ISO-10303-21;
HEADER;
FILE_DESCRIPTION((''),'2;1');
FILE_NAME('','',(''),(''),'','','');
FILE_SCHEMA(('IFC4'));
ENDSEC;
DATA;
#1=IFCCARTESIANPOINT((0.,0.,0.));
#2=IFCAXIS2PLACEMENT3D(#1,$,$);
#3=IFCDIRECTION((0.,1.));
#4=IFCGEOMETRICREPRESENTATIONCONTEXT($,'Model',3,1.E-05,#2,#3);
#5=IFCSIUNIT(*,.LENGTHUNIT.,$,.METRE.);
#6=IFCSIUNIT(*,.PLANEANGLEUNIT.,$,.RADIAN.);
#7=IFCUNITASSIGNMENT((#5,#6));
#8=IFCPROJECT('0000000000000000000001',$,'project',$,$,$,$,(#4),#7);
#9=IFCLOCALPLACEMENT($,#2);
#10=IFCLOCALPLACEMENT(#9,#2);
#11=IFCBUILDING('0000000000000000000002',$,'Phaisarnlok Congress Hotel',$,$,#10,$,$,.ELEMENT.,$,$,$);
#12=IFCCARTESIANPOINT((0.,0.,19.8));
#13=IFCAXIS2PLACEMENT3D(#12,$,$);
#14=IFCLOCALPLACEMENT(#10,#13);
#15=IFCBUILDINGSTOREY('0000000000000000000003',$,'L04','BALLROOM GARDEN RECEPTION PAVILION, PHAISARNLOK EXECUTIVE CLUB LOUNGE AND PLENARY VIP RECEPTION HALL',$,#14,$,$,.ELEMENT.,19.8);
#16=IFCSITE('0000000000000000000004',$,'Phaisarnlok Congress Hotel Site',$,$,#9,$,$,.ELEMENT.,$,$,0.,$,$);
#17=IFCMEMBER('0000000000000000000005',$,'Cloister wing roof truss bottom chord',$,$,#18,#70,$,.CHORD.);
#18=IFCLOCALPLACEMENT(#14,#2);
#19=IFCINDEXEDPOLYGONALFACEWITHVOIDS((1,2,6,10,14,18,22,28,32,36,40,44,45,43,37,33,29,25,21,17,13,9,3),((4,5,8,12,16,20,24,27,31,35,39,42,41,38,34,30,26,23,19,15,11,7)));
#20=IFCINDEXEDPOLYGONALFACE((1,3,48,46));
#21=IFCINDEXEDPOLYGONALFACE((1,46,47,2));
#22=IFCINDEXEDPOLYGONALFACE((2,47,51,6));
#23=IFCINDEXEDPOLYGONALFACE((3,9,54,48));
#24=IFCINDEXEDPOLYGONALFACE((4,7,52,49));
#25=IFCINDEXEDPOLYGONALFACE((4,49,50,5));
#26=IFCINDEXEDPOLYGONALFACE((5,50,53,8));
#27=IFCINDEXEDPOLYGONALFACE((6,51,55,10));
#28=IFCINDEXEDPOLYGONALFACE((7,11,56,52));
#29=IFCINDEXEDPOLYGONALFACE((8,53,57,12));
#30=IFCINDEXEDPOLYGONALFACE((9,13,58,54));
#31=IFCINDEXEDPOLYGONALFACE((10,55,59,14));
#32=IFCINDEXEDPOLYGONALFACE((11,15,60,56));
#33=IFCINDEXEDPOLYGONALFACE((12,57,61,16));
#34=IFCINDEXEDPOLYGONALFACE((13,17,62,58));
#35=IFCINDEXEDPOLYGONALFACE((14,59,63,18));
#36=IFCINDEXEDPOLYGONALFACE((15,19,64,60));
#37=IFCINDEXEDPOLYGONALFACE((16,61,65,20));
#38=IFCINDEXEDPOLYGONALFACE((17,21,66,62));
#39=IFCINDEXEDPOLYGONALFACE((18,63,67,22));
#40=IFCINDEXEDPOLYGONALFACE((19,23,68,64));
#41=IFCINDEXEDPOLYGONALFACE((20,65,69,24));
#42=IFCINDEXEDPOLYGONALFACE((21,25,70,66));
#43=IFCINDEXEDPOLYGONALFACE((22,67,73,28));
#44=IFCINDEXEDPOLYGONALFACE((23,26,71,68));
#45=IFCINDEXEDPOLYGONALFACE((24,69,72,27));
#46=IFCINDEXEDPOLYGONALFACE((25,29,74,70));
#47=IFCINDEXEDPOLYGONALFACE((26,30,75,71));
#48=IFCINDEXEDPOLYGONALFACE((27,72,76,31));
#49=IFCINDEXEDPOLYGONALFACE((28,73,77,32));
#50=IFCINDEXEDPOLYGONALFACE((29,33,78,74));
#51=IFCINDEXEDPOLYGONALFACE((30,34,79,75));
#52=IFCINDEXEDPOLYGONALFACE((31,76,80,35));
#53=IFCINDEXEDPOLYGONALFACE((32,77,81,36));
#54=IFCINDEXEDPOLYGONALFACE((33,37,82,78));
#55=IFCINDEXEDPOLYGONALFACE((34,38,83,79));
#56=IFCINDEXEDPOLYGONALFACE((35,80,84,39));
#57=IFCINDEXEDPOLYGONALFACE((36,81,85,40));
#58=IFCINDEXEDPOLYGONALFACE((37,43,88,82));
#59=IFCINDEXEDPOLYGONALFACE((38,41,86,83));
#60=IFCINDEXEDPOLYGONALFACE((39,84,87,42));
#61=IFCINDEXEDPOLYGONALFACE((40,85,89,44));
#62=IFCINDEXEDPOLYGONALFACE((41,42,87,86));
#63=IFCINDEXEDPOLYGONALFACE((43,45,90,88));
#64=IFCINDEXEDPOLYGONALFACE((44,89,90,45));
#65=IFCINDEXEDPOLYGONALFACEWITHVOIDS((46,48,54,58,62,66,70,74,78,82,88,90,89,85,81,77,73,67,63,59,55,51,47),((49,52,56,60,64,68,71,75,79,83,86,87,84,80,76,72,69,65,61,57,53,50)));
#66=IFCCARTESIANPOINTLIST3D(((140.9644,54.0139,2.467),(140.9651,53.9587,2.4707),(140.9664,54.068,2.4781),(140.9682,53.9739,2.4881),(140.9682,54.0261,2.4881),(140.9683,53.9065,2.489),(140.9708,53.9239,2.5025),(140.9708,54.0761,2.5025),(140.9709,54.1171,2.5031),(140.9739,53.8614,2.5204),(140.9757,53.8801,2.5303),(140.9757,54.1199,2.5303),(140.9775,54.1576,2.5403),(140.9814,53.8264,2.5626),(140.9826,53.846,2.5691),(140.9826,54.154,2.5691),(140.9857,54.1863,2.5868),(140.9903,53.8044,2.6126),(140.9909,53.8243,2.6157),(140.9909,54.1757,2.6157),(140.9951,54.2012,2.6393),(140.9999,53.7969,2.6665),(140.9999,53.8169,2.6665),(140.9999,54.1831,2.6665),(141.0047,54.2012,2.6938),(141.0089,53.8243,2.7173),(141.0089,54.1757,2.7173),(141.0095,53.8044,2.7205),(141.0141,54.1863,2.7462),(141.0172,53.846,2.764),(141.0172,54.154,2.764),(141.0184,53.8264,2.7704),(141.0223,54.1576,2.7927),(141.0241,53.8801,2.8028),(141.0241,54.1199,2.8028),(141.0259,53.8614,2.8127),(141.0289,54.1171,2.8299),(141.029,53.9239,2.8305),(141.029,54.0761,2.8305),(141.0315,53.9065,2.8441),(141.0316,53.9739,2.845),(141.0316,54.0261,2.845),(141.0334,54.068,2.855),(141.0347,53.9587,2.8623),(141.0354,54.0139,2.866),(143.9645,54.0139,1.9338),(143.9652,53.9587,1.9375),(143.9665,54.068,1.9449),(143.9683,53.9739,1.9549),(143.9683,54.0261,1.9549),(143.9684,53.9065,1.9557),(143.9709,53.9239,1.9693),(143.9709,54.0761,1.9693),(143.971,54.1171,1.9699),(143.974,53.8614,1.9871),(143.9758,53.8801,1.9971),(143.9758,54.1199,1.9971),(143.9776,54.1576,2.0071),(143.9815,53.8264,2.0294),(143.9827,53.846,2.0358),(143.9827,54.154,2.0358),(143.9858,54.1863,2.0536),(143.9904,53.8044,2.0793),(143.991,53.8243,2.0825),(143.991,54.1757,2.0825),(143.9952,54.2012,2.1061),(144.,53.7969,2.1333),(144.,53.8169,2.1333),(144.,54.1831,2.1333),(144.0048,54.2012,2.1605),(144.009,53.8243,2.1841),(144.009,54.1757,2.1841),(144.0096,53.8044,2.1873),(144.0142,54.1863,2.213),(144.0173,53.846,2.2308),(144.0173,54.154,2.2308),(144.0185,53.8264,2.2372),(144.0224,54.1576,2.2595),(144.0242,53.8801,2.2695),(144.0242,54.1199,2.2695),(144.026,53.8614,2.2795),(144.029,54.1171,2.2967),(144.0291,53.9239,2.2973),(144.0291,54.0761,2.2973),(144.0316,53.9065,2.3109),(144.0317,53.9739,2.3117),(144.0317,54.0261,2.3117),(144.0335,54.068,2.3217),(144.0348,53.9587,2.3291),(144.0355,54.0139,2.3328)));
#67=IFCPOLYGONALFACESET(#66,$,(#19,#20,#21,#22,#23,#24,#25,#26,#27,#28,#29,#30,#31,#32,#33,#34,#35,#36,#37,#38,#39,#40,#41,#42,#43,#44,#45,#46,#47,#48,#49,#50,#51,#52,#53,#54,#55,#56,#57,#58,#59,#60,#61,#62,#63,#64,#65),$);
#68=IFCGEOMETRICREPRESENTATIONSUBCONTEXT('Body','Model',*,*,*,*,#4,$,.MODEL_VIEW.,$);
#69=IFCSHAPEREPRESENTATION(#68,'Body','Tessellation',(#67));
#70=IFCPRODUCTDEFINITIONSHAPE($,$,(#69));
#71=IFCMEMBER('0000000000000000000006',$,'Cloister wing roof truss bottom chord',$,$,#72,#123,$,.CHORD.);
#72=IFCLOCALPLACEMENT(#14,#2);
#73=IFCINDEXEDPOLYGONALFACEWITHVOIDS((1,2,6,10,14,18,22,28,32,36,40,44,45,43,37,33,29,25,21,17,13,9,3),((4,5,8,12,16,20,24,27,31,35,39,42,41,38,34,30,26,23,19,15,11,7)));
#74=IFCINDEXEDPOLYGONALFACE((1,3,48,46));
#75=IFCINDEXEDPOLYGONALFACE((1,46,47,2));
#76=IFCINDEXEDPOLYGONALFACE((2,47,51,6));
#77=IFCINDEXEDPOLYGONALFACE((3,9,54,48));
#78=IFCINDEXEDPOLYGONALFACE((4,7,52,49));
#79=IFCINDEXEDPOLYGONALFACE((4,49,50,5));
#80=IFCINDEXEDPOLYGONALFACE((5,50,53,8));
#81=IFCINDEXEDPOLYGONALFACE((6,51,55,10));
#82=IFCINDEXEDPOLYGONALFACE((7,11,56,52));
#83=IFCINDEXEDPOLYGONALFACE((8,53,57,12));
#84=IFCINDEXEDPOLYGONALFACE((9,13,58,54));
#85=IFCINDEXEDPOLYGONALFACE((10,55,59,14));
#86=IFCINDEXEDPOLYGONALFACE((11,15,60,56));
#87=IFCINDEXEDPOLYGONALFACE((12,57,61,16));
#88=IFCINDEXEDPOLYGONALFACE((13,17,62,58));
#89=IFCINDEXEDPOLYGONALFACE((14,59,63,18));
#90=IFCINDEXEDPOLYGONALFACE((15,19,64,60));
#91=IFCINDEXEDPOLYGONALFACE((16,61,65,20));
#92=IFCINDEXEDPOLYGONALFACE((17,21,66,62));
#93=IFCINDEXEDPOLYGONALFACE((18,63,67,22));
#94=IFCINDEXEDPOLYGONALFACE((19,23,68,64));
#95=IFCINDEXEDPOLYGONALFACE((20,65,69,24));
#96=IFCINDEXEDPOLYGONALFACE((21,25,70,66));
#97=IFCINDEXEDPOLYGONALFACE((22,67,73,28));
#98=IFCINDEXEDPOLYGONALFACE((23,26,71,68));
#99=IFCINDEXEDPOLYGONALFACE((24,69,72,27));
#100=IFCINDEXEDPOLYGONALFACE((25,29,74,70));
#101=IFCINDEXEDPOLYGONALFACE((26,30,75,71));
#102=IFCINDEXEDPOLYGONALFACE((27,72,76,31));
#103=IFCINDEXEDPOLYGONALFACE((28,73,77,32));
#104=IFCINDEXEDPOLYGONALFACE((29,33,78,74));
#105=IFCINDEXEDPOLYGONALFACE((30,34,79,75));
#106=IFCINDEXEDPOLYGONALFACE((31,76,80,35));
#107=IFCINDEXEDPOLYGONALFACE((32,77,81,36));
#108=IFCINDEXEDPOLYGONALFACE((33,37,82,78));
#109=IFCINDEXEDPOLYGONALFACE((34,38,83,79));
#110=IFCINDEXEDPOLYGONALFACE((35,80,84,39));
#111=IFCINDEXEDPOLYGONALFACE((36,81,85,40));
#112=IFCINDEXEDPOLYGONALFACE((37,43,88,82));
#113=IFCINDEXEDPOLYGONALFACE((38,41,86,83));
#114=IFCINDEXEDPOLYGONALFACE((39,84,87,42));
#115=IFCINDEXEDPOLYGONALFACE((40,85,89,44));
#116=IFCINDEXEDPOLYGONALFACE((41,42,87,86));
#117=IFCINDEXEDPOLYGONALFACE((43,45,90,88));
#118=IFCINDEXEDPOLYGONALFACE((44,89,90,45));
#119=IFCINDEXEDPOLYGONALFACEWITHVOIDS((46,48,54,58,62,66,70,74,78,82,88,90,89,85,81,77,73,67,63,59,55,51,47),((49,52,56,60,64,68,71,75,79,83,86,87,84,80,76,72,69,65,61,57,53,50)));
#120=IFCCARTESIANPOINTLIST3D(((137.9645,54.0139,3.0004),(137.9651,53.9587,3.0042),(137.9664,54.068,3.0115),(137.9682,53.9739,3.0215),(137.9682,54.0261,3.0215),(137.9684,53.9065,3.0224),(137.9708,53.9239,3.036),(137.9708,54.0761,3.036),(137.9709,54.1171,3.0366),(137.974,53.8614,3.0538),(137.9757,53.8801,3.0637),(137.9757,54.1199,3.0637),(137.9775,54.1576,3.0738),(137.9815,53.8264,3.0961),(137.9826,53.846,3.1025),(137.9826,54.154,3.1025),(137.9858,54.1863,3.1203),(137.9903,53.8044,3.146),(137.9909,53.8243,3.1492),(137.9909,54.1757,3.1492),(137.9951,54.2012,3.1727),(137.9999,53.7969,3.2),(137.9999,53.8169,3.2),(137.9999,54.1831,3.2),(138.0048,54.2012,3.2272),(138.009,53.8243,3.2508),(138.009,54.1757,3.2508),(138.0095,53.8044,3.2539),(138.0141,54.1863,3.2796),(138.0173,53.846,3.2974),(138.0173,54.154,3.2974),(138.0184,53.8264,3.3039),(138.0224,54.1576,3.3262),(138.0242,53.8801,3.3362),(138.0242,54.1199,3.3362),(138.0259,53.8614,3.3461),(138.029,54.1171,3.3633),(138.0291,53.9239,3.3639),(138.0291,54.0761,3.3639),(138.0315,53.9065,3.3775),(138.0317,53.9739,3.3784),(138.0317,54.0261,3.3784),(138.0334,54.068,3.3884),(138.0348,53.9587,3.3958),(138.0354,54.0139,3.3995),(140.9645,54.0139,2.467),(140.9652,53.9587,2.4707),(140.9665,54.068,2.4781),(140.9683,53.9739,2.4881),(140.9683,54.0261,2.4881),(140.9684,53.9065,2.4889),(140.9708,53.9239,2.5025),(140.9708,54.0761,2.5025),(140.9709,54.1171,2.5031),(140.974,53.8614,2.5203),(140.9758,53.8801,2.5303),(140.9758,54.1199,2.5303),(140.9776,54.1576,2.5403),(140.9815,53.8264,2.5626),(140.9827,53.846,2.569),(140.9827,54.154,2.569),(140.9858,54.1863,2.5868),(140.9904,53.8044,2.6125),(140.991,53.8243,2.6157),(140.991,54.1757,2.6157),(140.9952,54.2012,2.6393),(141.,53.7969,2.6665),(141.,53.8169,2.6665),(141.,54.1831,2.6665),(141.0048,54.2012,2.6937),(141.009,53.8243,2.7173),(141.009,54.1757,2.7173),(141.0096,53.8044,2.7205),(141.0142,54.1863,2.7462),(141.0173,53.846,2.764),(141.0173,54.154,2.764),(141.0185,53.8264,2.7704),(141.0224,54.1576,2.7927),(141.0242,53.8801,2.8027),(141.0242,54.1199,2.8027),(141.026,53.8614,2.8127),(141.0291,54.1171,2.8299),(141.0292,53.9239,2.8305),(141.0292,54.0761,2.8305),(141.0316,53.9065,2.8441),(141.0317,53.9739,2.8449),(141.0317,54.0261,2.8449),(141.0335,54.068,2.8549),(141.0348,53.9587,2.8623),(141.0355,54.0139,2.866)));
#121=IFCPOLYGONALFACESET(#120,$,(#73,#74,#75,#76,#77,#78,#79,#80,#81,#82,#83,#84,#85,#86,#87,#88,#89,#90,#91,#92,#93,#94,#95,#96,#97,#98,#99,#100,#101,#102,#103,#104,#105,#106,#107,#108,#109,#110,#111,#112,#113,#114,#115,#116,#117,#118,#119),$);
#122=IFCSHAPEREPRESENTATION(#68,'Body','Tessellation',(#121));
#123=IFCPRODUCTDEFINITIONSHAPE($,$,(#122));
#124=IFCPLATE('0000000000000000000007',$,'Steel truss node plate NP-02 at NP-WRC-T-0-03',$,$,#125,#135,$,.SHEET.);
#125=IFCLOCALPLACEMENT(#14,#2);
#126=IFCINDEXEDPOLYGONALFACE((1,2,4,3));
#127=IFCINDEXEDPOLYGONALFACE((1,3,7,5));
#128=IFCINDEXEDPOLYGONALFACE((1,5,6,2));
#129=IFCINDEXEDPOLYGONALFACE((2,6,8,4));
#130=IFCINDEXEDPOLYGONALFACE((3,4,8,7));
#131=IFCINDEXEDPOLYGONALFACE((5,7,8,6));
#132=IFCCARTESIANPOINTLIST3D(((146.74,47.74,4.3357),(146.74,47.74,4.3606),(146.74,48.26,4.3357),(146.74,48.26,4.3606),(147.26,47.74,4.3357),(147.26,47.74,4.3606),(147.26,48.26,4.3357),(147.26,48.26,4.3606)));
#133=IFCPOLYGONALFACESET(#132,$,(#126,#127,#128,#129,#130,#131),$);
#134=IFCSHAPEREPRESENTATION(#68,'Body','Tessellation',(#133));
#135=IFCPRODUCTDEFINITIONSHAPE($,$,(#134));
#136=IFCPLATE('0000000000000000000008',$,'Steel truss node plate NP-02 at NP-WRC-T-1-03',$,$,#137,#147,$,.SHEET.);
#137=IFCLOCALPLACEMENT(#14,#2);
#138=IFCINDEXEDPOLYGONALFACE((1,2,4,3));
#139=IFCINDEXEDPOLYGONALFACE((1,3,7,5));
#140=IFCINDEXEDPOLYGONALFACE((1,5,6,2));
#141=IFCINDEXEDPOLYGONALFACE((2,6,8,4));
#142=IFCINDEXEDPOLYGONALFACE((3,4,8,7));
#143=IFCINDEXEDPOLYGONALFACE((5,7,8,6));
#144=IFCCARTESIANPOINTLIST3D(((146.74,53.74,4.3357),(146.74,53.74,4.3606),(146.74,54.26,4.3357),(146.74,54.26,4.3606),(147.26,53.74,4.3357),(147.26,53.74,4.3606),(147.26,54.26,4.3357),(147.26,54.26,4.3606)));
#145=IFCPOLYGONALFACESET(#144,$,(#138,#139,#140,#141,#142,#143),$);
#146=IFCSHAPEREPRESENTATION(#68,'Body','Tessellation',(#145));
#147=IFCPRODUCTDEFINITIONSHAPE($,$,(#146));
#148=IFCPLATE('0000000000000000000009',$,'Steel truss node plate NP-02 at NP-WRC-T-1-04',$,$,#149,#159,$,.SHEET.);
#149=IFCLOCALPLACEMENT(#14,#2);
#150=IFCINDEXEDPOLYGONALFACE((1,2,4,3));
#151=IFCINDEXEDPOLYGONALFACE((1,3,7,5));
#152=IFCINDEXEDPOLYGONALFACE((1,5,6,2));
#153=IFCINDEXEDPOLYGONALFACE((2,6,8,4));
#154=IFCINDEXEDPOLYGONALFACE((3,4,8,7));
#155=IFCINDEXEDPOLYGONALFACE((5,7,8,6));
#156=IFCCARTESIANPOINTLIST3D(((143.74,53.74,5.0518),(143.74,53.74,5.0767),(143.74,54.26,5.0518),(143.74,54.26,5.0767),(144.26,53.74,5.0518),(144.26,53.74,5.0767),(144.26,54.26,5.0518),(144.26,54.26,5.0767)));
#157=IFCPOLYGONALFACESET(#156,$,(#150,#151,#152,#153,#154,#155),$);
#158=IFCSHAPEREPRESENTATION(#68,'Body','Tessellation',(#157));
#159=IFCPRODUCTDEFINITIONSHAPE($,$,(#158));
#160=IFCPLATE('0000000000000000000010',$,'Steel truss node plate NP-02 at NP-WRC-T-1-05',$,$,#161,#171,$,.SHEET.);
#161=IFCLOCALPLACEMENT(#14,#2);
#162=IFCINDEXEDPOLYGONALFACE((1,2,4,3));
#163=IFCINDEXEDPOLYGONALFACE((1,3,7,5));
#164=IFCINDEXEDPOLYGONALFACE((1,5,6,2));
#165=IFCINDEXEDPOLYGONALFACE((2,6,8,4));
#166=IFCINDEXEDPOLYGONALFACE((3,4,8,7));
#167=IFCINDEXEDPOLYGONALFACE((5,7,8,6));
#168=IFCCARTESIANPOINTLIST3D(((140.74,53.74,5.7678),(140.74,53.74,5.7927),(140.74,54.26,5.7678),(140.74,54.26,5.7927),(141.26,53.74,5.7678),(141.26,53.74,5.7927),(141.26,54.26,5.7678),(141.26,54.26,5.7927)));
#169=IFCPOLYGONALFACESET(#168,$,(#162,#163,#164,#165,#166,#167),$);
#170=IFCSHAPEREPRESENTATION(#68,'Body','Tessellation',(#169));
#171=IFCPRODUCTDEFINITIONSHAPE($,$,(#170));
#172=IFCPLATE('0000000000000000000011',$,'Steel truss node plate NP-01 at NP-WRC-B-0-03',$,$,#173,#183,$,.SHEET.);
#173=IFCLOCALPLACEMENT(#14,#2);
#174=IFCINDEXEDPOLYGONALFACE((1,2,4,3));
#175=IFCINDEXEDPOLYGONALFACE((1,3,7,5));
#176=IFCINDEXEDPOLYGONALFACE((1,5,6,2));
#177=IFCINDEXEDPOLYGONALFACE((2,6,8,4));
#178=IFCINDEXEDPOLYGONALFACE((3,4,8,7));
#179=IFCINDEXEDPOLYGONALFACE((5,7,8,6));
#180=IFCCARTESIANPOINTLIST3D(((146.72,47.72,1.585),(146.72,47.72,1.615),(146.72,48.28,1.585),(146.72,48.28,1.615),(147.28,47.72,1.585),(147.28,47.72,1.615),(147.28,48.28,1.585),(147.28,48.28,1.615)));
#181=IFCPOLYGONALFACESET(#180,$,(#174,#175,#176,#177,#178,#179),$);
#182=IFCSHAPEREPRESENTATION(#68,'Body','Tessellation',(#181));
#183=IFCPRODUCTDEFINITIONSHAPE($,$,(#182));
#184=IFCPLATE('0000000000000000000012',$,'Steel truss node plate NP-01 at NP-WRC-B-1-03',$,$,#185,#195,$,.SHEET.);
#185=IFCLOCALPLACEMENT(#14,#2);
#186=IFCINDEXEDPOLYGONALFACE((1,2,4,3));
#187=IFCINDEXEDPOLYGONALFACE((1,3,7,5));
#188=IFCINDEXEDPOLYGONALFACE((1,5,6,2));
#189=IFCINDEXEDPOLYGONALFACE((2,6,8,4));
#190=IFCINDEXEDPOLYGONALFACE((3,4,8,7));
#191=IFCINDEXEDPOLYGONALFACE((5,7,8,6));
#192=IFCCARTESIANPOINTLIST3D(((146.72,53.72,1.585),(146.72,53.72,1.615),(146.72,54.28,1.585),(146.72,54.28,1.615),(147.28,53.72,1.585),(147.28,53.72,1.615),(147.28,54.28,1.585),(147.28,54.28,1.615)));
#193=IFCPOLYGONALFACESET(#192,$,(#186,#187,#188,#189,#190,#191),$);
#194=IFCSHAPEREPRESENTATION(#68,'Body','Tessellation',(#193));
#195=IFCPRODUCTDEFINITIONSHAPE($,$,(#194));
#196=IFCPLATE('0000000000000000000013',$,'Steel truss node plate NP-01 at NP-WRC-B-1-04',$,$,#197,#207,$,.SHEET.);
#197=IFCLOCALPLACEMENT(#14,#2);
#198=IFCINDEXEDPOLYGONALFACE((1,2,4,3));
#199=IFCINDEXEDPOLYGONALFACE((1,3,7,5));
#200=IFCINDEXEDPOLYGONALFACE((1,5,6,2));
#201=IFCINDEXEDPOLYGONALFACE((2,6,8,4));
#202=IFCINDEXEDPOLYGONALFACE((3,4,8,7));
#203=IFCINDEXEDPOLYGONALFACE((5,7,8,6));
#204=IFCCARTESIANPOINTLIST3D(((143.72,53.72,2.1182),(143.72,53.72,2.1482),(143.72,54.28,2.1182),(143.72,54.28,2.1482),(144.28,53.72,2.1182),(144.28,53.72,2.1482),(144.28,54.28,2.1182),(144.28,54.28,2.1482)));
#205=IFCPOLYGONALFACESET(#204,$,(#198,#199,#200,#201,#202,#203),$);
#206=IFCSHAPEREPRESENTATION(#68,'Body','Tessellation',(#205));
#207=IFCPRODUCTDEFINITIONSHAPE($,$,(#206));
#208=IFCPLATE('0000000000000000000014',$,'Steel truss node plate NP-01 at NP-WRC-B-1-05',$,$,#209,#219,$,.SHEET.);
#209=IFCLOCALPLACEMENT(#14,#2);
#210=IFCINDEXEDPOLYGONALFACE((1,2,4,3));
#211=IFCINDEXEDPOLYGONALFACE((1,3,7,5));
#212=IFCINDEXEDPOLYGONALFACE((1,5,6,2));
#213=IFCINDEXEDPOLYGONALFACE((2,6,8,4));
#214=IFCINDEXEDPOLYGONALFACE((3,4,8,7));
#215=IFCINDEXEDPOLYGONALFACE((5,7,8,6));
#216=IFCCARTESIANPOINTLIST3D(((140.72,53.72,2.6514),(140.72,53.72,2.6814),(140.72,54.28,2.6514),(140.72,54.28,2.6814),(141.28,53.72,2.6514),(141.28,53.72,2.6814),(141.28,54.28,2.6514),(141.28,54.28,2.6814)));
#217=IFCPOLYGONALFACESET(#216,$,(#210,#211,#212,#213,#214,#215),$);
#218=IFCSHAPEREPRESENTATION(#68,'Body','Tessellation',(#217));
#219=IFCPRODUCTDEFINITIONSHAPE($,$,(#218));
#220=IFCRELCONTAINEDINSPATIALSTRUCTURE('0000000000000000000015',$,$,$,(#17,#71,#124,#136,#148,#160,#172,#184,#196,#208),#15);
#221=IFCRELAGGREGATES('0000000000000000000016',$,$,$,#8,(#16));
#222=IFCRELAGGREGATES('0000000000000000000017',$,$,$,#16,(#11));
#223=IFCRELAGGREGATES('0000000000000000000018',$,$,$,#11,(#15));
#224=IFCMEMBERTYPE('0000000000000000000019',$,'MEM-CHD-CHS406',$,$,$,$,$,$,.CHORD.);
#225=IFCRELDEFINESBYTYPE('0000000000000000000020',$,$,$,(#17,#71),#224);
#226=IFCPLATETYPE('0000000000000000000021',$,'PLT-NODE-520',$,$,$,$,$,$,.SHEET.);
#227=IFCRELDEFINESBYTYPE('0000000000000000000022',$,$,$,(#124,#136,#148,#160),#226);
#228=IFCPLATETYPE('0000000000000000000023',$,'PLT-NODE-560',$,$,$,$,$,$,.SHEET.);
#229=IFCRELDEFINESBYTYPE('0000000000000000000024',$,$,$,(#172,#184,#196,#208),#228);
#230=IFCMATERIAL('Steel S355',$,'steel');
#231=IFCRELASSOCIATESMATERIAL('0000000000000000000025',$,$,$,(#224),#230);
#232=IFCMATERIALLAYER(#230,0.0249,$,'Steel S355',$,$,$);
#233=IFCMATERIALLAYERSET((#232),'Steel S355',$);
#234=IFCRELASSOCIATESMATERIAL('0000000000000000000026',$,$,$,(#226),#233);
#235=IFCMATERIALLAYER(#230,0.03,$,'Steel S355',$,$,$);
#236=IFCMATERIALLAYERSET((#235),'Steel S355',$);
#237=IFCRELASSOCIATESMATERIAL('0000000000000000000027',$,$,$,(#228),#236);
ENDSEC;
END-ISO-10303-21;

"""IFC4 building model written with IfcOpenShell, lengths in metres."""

from ifc_helpers import new_model, si_unit, direction, frame, origin, origin_2d, place, context, subcontext, project, spatial, rectangle, hollow_circle, extrude, material, layer, layer_set, material_profile, profile_set, type_object, element, save


model = new_model("IFC4")

# Units and contexts
model_context = context("Model", 3, precision=1e-05, world=origin(), true_north=direction((0.0, 1.0)))
body_context = subcontext(model_context, "Body", "Model", "MODEL_VIEW")
ifc_project = project(units=[si_unit("LENGTHUNIT", "METRE"), si_unit("PLANEANGLEUNIT", "RADIAN")], contexts=[model_context])

# Site, building, storey
site_placement = place(None, origin())
site = spatial("IfcSite", under=ifc_project, at=site_placement, Name="Phaisarnlok Congress Hotel Site", CompositionType="ELEMENT", RefElevation=0.0)
building_placement = place(site_placement, origin())
building = spatial("IfcBuilding", under=site, at=building_placement, Name="Phaisarnlok Congress Hotel", CompositionType="ELEMENT")
storey_placement = place(building_placement, frame((0.0, 0.0, 19.8)))
storey = spatial("IfcBuildingStorey", under=building, at=storey_placement, Name="L04", Description="BALLROOM GARDEN RECEPTION PAVILION, PHAISARNLOK EXECUTIVE CLUB LOUNGE AND PLENARY VIP RECEPTION HALL", CompositionType="ELEMENT", Elevation=19.8)

# Shared definitions
ifc_material = material(Name="Steel S355", Category="steel")

# Members
ifc_material_profile_1 = material_profile(ifc_material, hollow_circle(Radius=0.2031, WallThickness=0.02, at=origin_2d()), Name="CHS 406.4x20")
ifc_profile_set_1 = profile_set([ifc_material_profile_1], Name="Steel S355")
member_type_1 = type_object("IfcMemberType", Name="MEM-CHD-CHS406", PredefinedType="CHORD", material=ifc_profile_set_1)
for number, where, z_axis, x_axis, name in (
    (1, (144.0, 54.0, 2.1333), (-0.98457, 0.0, 0.174992), (0.0, -1.0, 0.0), "Cloister wing roof truss bottom chord"),
    (2, (141.0, 54.0, 2.6665), (-0.984556, 0.0, 0.17507), (0.0, -1.0, 0.0), "Cloister wing roof truss bottom chord"),
):
    element("IfcMember", number, at=place(storey_placement, frame(where, z_axis=z_axis, x_axis=x_axis)), inside=storey, type_object=member_type_1, Name=name, PredefinedType="CHORD", context=body_context, shape_type="SweptSolid", body=[
        extrude(hollow_circle(Radius=0.2031, WallThickness=0.02, at=origin_2d()), origin(), (0.0, 0.0, 1.0), 3.0471),
    ])

# Plates
ifc_layer_1 = layer(ifc_material, 0.0249, Name="Steel S355")
ifc_layer_set_1 = layer_set([ifc_layer_1], Name="Steel S355")
plate_type_1 = type_object("IfcPlateType", Name="PLT-NODE-520", PredefinedType="SHEET", material=ifc_layer_set_1)
for number, where, z_axis, x_axis, name in (
    (3, (147.0, 48.0, 4.3357), (0.0, 0.0, 1.0), (1.0, 0.0, 0.0), "Steel truss node plate NP-02 at NP-WRC-T-0-03"),
    (4, (147.0, 54.0, 4.3357), (0.0, 0.0, 1.0), (1.0, 0.0, 0.0), "Steel truss node plate NP-02 at NP-WRC-T-1-03"),
    (5, (144.0, 54.0, 5.0518), (0.0, 0.0, 1.0), (1.0, 0.0, 0.0), "Steel truss node plate NP-02 at NP-WRC-T-1-04"),
    (6, (141.0, 54.0, 5.7678), (0.0, 0.0, 1.0), (1.0, 0.0, 0.0), "Steel truss node plate NP-02 at NP-WRC-T-1-05"),
):
    element("IfcPlate", number, at=place(storey_placement, frame(where, z_axis=z_axis, x_axis=x_axis)), inside=storey, type_object=plate_type_1, Name=name, PredefinedType="SHEET", context=body_context, shape_type="SweptSolid", body=[
        extrude(rectangle(XDim=0.52, YDim=0.52, at=origin_2d()), origin(), (0.0, 0.0, 1.0), 0.0249),
    ])
ifc_layer_2 = layer(ifc_material, 0.03, Name="Steel S355")
ifc_layer_set_2 = layer_set([ifc_layer_2], Name="Steel S355")
plate_type_2 = type_object("IfcPlateType", Name="PLT-NODE-560", PredefinedType="SHEET", material=ifc_layer_set_2)
for number, where, z_axis, x_axis, name in (
    (7, (147.0, 48.0, 1.585), (0.0, 0.0, 1.0), (1.0, 0.0, 0.0), "Steel truss node plate NP-01 at NP-WRC-B-0-03"),
    (8, (147.0, 54.0, 1.585), (0.0, 0.0, 1.0), (1.0, 0.0, 0.0), "Steel truss node plate NP-01 at NP-WRC-B-1-03"),
    (9, (144.0, 54.0, 2.1182), (0.0, 0.0, 1.0), (1.0, 0.0, 0.0), "Steel truss node plate NP-01 at NP-WRC-B-1-04"),
    (10, (141.0, 54.0, 2.6514), (0.0, 0.0, 1.0), (1.0, 0.0, 0.0), "Steel truss node plate NP-01 at NP-WRC-B-1-05"),
):
    element("IfcPlate", number, at=place(storey_placement, frame(where, z_axis=z_axis, x_axis=x_axis)), inside=storey, type_object=plate_type_2, Name=name, PredefinedType="SHEET", context=body_context, shape_type="SweptSolid", body=[
        extrude(rectangle(XDim=0.5601, YDim=0.5601, at=origin_2d()), origin(), (0.0, 0.0, 1.0), 0.03),
    ])

save(model, "model.ifc")
